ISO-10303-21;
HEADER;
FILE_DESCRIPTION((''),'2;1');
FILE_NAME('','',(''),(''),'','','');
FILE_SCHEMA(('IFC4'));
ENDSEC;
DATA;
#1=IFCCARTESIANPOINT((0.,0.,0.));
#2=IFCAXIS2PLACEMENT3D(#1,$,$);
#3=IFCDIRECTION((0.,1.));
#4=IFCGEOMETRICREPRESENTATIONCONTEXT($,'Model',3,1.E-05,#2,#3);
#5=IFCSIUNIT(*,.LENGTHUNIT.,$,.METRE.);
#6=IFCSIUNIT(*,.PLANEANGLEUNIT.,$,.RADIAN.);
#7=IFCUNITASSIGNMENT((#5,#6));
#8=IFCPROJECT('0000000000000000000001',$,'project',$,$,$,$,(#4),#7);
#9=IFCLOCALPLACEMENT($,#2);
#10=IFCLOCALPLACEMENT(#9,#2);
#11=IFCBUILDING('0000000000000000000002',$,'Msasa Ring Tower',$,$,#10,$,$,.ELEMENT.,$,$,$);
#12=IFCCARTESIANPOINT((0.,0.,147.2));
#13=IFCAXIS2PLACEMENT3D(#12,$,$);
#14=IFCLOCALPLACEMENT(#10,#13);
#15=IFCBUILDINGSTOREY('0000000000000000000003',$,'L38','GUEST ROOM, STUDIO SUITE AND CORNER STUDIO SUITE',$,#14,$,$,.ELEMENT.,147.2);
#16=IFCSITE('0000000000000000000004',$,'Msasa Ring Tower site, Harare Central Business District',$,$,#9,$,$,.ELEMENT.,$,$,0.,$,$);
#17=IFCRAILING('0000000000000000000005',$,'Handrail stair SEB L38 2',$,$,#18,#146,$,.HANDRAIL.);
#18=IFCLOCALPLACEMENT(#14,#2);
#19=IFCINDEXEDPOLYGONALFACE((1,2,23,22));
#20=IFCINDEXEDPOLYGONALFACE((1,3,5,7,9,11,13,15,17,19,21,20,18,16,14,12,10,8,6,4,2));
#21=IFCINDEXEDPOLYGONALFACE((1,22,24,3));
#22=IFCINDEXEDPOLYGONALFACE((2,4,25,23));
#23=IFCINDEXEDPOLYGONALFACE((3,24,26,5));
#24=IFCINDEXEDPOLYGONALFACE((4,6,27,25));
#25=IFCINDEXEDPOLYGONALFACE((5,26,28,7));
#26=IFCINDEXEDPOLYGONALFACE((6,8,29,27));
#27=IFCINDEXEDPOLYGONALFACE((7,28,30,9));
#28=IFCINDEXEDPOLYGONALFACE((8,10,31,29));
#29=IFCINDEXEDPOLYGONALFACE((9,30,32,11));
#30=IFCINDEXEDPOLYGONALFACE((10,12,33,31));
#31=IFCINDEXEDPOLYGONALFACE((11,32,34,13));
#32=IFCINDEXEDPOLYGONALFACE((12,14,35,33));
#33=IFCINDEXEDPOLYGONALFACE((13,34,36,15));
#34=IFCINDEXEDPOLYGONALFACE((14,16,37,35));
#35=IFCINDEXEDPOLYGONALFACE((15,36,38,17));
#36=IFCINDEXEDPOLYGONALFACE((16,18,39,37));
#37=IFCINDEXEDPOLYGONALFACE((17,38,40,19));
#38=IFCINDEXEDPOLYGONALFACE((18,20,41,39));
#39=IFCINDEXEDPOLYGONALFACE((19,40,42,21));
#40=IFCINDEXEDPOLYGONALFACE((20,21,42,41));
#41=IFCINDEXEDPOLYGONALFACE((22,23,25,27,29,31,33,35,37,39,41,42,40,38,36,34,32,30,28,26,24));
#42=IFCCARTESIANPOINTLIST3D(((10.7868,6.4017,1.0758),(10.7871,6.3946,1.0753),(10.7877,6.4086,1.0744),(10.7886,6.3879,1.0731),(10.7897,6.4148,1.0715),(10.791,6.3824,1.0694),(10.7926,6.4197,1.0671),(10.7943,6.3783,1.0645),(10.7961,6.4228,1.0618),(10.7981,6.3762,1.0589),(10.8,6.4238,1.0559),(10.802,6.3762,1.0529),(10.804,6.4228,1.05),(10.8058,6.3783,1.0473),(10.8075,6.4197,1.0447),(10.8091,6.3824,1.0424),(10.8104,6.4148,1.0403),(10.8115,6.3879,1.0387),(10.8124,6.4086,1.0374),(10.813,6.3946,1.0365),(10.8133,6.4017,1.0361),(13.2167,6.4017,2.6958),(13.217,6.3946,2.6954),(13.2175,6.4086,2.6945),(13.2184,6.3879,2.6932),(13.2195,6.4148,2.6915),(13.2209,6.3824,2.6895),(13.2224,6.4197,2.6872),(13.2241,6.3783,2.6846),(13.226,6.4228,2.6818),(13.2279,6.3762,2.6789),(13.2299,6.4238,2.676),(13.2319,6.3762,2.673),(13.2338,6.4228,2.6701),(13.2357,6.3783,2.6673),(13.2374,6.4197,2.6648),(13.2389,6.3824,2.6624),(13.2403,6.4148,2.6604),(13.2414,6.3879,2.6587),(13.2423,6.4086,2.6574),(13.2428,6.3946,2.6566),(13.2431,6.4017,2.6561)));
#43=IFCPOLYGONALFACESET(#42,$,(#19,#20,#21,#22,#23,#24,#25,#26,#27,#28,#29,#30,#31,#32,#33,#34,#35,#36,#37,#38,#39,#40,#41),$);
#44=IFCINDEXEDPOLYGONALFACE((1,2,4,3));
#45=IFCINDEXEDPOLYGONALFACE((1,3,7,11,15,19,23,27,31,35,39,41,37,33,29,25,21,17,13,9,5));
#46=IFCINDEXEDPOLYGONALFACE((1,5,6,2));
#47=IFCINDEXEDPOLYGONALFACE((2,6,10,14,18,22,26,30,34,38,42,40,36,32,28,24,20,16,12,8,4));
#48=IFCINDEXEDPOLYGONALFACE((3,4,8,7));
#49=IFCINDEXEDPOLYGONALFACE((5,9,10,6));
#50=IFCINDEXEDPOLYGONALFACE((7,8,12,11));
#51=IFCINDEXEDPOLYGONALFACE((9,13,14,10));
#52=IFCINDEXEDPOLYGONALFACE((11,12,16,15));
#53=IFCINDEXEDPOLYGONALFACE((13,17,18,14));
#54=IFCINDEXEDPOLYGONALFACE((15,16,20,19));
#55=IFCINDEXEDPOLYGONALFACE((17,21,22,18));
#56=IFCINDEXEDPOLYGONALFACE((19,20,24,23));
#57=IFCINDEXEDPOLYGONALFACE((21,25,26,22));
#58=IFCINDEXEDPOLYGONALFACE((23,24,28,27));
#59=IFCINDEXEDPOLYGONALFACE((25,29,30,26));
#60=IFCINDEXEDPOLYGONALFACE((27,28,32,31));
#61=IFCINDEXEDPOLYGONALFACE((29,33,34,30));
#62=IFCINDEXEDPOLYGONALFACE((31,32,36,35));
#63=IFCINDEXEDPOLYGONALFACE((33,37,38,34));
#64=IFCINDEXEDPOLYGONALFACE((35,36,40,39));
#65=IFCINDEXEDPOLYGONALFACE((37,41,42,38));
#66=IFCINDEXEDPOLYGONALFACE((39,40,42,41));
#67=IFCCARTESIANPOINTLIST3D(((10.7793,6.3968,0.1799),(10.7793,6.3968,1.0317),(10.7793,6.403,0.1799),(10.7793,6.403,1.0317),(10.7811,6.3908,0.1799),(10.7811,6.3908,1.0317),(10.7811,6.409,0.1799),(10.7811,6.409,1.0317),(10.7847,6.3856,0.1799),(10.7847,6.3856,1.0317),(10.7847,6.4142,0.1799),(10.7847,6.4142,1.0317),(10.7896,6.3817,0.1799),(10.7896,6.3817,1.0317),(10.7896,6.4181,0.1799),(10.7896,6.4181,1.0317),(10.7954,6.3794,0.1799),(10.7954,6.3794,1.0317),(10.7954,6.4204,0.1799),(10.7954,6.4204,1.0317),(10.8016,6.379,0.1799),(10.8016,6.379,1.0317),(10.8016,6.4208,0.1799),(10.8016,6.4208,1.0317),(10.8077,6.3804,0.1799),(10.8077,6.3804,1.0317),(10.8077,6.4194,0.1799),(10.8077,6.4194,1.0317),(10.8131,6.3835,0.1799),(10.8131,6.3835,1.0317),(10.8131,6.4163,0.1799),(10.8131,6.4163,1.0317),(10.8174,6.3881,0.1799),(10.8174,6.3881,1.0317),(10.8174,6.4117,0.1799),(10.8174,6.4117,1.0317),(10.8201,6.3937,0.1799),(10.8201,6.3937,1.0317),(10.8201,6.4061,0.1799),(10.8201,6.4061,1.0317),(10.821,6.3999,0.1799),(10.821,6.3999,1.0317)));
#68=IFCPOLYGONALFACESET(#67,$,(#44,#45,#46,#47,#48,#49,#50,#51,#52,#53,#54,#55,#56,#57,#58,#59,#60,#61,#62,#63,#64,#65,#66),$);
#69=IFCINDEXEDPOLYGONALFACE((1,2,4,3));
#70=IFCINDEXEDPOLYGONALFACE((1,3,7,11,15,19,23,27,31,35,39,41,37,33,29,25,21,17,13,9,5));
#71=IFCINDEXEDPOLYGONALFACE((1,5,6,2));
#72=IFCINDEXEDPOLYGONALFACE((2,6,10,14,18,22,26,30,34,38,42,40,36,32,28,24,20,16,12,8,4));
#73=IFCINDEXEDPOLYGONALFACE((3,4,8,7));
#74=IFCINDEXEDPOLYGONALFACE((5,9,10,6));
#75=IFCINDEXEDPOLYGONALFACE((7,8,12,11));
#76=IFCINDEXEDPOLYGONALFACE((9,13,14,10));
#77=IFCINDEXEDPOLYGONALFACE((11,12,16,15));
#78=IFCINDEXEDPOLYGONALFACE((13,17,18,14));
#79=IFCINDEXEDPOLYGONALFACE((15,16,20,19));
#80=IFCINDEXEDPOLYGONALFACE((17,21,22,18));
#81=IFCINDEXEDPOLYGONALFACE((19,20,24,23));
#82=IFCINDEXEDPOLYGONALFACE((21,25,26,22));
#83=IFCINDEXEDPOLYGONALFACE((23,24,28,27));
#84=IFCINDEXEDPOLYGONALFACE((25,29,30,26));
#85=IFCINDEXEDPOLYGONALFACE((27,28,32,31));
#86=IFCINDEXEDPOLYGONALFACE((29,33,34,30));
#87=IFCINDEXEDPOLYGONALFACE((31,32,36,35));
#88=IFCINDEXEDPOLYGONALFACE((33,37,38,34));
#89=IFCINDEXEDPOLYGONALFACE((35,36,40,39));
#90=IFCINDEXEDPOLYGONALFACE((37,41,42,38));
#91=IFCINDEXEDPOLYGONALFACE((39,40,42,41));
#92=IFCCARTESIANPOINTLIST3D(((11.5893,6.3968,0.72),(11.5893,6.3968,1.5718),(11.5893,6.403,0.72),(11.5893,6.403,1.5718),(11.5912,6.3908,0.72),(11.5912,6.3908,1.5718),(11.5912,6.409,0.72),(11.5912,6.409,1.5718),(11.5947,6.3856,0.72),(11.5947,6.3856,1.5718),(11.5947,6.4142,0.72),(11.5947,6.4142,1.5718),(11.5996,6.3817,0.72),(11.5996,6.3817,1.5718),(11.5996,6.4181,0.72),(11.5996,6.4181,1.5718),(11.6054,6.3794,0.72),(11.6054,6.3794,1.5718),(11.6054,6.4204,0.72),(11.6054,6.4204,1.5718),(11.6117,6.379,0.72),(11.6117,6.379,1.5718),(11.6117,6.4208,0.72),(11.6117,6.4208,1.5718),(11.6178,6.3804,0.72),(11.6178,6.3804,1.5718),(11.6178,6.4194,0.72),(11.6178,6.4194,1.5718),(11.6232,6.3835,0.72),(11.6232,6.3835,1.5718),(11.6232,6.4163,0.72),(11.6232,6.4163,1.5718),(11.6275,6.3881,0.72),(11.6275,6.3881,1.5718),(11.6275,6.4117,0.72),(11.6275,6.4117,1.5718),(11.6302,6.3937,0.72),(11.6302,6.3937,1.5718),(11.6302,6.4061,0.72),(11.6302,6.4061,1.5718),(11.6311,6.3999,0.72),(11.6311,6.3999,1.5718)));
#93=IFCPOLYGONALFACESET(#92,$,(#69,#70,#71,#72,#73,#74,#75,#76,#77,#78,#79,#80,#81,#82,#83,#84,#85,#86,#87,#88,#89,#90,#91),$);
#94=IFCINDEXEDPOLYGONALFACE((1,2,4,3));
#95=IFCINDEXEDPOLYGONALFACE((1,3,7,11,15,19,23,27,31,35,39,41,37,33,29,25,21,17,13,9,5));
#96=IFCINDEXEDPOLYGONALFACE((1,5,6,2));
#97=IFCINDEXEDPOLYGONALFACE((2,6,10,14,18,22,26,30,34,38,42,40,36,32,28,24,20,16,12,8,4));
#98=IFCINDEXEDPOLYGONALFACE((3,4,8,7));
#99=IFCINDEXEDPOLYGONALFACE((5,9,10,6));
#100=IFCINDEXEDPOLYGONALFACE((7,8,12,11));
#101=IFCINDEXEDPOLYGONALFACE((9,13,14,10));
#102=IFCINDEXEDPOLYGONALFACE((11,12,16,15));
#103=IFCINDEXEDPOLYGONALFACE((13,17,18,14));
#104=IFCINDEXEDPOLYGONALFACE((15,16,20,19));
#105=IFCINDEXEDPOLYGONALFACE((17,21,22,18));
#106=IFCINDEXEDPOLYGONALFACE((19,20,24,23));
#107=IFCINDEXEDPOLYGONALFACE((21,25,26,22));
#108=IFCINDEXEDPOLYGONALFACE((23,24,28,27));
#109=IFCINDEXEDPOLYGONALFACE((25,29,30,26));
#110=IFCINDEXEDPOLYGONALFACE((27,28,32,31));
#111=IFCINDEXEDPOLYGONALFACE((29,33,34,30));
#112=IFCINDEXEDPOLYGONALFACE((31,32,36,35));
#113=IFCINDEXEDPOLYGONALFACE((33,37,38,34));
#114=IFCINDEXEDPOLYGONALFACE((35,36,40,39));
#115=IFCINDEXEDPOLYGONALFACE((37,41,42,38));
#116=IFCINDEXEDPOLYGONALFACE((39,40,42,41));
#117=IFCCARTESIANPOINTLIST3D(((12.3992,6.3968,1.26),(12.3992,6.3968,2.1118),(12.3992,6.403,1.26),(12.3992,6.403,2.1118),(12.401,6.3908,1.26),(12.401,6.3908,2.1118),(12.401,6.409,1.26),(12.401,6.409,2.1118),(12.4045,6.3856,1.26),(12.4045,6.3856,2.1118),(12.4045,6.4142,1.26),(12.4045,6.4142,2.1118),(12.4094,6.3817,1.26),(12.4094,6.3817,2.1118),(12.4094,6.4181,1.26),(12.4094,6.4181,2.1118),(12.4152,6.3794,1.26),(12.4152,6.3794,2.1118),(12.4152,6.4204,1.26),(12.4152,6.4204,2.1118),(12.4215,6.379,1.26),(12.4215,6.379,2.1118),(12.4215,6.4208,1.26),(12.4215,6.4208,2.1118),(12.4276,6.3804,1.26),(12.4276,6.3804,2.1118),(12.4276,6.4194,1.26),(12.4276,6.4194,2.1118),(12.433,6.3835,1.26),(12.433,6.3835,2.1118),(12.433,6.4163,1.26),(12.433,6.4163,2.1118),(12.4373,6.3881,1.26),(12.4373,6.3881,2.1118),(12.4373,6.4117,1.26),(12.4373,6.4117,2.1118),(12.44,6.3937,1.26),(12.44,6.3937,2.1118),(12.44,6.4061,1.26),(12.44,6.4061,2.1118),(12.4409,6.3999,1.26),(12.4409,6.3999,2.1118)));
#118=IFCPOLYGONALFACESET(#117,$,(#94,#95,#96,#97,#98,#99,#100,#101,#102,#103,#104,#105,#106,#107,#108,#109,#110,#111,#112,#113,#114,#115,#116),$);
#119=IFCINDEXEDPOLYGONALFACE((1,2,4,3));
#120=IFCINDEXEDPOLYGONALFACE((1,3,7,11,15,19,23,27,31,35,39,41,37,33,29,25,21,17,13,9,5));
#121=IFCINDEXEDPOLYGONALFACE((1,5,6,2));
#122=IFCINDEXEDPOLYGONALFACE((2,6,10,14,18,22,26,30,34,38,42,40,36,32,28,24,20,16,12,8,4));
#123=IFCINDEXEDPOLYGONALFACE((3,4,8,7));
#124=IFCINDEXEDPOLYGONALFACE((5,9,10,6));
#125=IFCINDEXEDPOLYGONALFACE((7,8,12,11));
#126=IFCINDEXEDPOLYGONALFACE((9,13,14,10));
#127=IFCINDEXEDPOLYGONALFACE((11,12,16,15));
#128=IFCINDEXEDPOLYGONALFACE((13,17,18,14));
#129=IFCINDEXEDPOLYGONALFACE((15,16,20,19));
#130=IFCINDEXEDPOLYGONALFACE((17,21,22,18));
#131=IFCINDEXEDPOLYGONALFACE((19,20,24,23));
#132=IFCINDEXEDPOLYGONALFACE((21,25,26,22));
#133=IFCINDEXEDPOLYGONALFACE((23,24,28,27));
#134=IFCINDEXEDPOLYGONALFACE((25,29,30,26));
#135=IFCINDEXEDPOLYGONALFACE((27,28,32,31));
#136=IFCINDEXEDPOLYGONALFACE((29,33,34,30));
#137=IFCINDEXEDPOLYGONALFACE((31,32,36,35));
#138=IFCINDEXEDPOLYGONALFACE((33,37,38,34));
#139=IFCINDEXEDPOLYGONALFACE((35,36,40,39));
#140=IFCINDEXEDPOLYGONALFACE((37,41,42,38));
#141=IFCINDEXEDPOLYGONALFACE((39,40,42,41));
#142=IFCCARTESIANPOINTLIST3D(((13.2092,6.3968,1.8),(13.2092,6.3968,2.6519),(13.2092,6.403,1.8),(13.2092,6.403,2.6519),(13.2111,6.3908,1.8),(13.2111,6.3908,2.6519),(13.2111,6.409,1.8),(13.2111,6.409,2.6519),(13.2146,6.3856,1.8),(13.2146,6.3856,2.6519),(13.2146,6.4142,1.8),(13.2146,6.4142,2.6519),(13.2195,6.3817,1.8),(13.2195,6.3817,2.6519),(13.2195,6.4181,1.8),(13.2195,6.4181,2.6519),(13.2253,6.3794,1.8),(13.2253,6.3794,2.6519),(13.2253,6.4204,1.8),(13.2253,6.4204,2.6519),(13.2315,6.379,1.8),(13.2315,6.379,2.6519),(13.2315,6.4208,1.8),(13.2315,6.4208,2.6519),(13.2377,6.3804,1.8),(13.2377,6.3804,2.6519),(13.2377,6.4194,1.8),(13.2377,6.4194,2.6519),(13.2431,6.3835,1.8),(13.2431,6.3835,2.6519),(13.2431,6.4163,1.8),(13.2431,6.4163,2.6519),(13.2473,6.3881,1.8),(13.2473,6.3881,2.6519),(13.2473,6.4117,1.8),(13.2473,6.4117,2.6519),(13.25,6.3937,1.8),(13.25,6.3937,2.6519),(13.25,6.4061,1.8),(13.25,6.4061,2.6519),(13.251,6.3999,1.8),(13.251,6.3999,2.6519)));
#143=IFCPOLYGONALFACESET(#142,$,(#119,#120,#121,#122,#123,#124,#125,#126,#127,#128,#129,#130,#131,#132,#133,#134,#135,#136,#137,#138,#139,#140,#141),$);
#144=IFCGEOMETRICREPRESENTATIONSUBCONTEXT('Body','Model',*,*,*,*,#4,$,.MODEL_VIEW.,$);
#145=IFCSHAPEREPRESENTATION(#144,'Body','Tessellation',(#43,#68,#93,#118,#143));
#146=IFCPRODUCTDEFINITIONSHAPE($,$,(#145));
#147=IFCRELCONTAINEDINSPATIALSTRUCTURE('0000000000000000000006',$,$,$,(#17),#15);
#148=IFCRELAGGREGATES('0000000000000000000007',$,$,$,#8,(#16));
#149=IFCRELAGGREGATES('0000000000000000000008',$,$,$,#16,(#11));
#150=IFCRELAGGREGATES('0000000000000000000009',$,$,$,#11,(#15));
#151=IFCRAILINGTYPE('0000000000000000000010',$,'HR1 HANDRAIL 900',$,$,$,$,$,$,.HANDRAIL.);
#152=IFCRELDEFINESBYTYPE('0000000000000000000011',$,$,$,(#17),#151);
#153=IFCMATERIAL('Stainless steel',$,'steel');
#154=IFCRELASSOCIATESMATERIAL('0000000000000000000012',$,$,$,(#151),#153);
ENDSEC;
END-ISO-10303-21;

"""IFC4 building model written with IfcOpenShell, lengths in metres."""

from ifc_helpers import new_model, si_unit, direction, frame, origin, origin_2d, place, context, subcontext, project, spatial, circle, extrude, material, type_object, element, save


model = new_model("IFC4")

# Units and contexts
model_context = context("Model", 3, precision=1e-05, world=origin(), true_north=direction((0.0, 1.0)))
body_context = subcontext(model_context, "Body", "Model", "MODEL_VIEW")
ifc_project = project(units=[si_unit("LENGTHUNIT", "METRE"), si_unit("PLANEANGLEUNIT", "RADIAN")], contexts=[model_context])

# Site, building, storey
site_placement = place(None, origin())
site = spatial("IfcSite", under=ifc_project, at=site_placement, Name="Msasa Ring Tower site, Harare Central Business District", CompositionType="ELEMENT", RefElevation=0.0)
building_placement = place(site_placement, origin())
building = spatial("IfcBuilding", under=site, at=building_placement, Name="Msasa Ring Tower", CompositionType="ELEMENT")
storey_placement = place(building_placement, frame((0.0, 0.0, 147.2)))
storey = spatial("IfcBuildingStorey", under=building, at=storey_placement, Name="L38", Description="GUEST ROOM, STUDIO SUITE AND CORNER STUDIO SUITE", CompositionType="ELEMENT", Elevation=147.2)

# Railing
ifc_material_1 = material(Name="Stainless steel", Category="steel")
railing_type = type_object("IfcRailingType", Name="HR1 HANDRAIL 900", PredefinedType="HANDRAIL", material=ifc_material_1)
for number, where, name in (
    (1, (10.8, 6.3999, 0.1799), "Handrail stair SEB L38 2"),
):
    element("IfcRailing", number, at=place(storey_placement, frame(where)), inside=storey, type_object=railing_type, Name=name, PredefinedType="HANDRAIL", context=body_context, shape_type="SweptSolid", body=[
        extrude(circle(Radius=0.0239, at=origin_2d()), frame((0.0, 0.0, 0.876), z_axis=(0.832025, 0.0, 0.554739), x_axis=(0.0, 1.0, 0.0)), (0.0, 0.0, 1.0), 2.9204),
        extrude(circle(Radius=0.021, at=origin_2d()), origin(), (0.0, 0.0, 1.0), 0.8518),
        extrude(circle(Radius=0.021, at=origin_2d()), frame((0.8101, 0.0, 0.54)), (0.0, 0.0, 1.0), 0.8518),
        extrude(circle(Radius=0.021, at=origin_2d()), frame((1.6199, 0.0, 1.0801)), (0.0, 0.0, 1.0), 0.8518),
        extrude(circle(Radius=0.021, at=origin_2d()), frame((2.4299, 0.0, 1.6201)), (0.0, 0.0, 1.0), 0.8518),
    ])

save(model, "model.ifc")
